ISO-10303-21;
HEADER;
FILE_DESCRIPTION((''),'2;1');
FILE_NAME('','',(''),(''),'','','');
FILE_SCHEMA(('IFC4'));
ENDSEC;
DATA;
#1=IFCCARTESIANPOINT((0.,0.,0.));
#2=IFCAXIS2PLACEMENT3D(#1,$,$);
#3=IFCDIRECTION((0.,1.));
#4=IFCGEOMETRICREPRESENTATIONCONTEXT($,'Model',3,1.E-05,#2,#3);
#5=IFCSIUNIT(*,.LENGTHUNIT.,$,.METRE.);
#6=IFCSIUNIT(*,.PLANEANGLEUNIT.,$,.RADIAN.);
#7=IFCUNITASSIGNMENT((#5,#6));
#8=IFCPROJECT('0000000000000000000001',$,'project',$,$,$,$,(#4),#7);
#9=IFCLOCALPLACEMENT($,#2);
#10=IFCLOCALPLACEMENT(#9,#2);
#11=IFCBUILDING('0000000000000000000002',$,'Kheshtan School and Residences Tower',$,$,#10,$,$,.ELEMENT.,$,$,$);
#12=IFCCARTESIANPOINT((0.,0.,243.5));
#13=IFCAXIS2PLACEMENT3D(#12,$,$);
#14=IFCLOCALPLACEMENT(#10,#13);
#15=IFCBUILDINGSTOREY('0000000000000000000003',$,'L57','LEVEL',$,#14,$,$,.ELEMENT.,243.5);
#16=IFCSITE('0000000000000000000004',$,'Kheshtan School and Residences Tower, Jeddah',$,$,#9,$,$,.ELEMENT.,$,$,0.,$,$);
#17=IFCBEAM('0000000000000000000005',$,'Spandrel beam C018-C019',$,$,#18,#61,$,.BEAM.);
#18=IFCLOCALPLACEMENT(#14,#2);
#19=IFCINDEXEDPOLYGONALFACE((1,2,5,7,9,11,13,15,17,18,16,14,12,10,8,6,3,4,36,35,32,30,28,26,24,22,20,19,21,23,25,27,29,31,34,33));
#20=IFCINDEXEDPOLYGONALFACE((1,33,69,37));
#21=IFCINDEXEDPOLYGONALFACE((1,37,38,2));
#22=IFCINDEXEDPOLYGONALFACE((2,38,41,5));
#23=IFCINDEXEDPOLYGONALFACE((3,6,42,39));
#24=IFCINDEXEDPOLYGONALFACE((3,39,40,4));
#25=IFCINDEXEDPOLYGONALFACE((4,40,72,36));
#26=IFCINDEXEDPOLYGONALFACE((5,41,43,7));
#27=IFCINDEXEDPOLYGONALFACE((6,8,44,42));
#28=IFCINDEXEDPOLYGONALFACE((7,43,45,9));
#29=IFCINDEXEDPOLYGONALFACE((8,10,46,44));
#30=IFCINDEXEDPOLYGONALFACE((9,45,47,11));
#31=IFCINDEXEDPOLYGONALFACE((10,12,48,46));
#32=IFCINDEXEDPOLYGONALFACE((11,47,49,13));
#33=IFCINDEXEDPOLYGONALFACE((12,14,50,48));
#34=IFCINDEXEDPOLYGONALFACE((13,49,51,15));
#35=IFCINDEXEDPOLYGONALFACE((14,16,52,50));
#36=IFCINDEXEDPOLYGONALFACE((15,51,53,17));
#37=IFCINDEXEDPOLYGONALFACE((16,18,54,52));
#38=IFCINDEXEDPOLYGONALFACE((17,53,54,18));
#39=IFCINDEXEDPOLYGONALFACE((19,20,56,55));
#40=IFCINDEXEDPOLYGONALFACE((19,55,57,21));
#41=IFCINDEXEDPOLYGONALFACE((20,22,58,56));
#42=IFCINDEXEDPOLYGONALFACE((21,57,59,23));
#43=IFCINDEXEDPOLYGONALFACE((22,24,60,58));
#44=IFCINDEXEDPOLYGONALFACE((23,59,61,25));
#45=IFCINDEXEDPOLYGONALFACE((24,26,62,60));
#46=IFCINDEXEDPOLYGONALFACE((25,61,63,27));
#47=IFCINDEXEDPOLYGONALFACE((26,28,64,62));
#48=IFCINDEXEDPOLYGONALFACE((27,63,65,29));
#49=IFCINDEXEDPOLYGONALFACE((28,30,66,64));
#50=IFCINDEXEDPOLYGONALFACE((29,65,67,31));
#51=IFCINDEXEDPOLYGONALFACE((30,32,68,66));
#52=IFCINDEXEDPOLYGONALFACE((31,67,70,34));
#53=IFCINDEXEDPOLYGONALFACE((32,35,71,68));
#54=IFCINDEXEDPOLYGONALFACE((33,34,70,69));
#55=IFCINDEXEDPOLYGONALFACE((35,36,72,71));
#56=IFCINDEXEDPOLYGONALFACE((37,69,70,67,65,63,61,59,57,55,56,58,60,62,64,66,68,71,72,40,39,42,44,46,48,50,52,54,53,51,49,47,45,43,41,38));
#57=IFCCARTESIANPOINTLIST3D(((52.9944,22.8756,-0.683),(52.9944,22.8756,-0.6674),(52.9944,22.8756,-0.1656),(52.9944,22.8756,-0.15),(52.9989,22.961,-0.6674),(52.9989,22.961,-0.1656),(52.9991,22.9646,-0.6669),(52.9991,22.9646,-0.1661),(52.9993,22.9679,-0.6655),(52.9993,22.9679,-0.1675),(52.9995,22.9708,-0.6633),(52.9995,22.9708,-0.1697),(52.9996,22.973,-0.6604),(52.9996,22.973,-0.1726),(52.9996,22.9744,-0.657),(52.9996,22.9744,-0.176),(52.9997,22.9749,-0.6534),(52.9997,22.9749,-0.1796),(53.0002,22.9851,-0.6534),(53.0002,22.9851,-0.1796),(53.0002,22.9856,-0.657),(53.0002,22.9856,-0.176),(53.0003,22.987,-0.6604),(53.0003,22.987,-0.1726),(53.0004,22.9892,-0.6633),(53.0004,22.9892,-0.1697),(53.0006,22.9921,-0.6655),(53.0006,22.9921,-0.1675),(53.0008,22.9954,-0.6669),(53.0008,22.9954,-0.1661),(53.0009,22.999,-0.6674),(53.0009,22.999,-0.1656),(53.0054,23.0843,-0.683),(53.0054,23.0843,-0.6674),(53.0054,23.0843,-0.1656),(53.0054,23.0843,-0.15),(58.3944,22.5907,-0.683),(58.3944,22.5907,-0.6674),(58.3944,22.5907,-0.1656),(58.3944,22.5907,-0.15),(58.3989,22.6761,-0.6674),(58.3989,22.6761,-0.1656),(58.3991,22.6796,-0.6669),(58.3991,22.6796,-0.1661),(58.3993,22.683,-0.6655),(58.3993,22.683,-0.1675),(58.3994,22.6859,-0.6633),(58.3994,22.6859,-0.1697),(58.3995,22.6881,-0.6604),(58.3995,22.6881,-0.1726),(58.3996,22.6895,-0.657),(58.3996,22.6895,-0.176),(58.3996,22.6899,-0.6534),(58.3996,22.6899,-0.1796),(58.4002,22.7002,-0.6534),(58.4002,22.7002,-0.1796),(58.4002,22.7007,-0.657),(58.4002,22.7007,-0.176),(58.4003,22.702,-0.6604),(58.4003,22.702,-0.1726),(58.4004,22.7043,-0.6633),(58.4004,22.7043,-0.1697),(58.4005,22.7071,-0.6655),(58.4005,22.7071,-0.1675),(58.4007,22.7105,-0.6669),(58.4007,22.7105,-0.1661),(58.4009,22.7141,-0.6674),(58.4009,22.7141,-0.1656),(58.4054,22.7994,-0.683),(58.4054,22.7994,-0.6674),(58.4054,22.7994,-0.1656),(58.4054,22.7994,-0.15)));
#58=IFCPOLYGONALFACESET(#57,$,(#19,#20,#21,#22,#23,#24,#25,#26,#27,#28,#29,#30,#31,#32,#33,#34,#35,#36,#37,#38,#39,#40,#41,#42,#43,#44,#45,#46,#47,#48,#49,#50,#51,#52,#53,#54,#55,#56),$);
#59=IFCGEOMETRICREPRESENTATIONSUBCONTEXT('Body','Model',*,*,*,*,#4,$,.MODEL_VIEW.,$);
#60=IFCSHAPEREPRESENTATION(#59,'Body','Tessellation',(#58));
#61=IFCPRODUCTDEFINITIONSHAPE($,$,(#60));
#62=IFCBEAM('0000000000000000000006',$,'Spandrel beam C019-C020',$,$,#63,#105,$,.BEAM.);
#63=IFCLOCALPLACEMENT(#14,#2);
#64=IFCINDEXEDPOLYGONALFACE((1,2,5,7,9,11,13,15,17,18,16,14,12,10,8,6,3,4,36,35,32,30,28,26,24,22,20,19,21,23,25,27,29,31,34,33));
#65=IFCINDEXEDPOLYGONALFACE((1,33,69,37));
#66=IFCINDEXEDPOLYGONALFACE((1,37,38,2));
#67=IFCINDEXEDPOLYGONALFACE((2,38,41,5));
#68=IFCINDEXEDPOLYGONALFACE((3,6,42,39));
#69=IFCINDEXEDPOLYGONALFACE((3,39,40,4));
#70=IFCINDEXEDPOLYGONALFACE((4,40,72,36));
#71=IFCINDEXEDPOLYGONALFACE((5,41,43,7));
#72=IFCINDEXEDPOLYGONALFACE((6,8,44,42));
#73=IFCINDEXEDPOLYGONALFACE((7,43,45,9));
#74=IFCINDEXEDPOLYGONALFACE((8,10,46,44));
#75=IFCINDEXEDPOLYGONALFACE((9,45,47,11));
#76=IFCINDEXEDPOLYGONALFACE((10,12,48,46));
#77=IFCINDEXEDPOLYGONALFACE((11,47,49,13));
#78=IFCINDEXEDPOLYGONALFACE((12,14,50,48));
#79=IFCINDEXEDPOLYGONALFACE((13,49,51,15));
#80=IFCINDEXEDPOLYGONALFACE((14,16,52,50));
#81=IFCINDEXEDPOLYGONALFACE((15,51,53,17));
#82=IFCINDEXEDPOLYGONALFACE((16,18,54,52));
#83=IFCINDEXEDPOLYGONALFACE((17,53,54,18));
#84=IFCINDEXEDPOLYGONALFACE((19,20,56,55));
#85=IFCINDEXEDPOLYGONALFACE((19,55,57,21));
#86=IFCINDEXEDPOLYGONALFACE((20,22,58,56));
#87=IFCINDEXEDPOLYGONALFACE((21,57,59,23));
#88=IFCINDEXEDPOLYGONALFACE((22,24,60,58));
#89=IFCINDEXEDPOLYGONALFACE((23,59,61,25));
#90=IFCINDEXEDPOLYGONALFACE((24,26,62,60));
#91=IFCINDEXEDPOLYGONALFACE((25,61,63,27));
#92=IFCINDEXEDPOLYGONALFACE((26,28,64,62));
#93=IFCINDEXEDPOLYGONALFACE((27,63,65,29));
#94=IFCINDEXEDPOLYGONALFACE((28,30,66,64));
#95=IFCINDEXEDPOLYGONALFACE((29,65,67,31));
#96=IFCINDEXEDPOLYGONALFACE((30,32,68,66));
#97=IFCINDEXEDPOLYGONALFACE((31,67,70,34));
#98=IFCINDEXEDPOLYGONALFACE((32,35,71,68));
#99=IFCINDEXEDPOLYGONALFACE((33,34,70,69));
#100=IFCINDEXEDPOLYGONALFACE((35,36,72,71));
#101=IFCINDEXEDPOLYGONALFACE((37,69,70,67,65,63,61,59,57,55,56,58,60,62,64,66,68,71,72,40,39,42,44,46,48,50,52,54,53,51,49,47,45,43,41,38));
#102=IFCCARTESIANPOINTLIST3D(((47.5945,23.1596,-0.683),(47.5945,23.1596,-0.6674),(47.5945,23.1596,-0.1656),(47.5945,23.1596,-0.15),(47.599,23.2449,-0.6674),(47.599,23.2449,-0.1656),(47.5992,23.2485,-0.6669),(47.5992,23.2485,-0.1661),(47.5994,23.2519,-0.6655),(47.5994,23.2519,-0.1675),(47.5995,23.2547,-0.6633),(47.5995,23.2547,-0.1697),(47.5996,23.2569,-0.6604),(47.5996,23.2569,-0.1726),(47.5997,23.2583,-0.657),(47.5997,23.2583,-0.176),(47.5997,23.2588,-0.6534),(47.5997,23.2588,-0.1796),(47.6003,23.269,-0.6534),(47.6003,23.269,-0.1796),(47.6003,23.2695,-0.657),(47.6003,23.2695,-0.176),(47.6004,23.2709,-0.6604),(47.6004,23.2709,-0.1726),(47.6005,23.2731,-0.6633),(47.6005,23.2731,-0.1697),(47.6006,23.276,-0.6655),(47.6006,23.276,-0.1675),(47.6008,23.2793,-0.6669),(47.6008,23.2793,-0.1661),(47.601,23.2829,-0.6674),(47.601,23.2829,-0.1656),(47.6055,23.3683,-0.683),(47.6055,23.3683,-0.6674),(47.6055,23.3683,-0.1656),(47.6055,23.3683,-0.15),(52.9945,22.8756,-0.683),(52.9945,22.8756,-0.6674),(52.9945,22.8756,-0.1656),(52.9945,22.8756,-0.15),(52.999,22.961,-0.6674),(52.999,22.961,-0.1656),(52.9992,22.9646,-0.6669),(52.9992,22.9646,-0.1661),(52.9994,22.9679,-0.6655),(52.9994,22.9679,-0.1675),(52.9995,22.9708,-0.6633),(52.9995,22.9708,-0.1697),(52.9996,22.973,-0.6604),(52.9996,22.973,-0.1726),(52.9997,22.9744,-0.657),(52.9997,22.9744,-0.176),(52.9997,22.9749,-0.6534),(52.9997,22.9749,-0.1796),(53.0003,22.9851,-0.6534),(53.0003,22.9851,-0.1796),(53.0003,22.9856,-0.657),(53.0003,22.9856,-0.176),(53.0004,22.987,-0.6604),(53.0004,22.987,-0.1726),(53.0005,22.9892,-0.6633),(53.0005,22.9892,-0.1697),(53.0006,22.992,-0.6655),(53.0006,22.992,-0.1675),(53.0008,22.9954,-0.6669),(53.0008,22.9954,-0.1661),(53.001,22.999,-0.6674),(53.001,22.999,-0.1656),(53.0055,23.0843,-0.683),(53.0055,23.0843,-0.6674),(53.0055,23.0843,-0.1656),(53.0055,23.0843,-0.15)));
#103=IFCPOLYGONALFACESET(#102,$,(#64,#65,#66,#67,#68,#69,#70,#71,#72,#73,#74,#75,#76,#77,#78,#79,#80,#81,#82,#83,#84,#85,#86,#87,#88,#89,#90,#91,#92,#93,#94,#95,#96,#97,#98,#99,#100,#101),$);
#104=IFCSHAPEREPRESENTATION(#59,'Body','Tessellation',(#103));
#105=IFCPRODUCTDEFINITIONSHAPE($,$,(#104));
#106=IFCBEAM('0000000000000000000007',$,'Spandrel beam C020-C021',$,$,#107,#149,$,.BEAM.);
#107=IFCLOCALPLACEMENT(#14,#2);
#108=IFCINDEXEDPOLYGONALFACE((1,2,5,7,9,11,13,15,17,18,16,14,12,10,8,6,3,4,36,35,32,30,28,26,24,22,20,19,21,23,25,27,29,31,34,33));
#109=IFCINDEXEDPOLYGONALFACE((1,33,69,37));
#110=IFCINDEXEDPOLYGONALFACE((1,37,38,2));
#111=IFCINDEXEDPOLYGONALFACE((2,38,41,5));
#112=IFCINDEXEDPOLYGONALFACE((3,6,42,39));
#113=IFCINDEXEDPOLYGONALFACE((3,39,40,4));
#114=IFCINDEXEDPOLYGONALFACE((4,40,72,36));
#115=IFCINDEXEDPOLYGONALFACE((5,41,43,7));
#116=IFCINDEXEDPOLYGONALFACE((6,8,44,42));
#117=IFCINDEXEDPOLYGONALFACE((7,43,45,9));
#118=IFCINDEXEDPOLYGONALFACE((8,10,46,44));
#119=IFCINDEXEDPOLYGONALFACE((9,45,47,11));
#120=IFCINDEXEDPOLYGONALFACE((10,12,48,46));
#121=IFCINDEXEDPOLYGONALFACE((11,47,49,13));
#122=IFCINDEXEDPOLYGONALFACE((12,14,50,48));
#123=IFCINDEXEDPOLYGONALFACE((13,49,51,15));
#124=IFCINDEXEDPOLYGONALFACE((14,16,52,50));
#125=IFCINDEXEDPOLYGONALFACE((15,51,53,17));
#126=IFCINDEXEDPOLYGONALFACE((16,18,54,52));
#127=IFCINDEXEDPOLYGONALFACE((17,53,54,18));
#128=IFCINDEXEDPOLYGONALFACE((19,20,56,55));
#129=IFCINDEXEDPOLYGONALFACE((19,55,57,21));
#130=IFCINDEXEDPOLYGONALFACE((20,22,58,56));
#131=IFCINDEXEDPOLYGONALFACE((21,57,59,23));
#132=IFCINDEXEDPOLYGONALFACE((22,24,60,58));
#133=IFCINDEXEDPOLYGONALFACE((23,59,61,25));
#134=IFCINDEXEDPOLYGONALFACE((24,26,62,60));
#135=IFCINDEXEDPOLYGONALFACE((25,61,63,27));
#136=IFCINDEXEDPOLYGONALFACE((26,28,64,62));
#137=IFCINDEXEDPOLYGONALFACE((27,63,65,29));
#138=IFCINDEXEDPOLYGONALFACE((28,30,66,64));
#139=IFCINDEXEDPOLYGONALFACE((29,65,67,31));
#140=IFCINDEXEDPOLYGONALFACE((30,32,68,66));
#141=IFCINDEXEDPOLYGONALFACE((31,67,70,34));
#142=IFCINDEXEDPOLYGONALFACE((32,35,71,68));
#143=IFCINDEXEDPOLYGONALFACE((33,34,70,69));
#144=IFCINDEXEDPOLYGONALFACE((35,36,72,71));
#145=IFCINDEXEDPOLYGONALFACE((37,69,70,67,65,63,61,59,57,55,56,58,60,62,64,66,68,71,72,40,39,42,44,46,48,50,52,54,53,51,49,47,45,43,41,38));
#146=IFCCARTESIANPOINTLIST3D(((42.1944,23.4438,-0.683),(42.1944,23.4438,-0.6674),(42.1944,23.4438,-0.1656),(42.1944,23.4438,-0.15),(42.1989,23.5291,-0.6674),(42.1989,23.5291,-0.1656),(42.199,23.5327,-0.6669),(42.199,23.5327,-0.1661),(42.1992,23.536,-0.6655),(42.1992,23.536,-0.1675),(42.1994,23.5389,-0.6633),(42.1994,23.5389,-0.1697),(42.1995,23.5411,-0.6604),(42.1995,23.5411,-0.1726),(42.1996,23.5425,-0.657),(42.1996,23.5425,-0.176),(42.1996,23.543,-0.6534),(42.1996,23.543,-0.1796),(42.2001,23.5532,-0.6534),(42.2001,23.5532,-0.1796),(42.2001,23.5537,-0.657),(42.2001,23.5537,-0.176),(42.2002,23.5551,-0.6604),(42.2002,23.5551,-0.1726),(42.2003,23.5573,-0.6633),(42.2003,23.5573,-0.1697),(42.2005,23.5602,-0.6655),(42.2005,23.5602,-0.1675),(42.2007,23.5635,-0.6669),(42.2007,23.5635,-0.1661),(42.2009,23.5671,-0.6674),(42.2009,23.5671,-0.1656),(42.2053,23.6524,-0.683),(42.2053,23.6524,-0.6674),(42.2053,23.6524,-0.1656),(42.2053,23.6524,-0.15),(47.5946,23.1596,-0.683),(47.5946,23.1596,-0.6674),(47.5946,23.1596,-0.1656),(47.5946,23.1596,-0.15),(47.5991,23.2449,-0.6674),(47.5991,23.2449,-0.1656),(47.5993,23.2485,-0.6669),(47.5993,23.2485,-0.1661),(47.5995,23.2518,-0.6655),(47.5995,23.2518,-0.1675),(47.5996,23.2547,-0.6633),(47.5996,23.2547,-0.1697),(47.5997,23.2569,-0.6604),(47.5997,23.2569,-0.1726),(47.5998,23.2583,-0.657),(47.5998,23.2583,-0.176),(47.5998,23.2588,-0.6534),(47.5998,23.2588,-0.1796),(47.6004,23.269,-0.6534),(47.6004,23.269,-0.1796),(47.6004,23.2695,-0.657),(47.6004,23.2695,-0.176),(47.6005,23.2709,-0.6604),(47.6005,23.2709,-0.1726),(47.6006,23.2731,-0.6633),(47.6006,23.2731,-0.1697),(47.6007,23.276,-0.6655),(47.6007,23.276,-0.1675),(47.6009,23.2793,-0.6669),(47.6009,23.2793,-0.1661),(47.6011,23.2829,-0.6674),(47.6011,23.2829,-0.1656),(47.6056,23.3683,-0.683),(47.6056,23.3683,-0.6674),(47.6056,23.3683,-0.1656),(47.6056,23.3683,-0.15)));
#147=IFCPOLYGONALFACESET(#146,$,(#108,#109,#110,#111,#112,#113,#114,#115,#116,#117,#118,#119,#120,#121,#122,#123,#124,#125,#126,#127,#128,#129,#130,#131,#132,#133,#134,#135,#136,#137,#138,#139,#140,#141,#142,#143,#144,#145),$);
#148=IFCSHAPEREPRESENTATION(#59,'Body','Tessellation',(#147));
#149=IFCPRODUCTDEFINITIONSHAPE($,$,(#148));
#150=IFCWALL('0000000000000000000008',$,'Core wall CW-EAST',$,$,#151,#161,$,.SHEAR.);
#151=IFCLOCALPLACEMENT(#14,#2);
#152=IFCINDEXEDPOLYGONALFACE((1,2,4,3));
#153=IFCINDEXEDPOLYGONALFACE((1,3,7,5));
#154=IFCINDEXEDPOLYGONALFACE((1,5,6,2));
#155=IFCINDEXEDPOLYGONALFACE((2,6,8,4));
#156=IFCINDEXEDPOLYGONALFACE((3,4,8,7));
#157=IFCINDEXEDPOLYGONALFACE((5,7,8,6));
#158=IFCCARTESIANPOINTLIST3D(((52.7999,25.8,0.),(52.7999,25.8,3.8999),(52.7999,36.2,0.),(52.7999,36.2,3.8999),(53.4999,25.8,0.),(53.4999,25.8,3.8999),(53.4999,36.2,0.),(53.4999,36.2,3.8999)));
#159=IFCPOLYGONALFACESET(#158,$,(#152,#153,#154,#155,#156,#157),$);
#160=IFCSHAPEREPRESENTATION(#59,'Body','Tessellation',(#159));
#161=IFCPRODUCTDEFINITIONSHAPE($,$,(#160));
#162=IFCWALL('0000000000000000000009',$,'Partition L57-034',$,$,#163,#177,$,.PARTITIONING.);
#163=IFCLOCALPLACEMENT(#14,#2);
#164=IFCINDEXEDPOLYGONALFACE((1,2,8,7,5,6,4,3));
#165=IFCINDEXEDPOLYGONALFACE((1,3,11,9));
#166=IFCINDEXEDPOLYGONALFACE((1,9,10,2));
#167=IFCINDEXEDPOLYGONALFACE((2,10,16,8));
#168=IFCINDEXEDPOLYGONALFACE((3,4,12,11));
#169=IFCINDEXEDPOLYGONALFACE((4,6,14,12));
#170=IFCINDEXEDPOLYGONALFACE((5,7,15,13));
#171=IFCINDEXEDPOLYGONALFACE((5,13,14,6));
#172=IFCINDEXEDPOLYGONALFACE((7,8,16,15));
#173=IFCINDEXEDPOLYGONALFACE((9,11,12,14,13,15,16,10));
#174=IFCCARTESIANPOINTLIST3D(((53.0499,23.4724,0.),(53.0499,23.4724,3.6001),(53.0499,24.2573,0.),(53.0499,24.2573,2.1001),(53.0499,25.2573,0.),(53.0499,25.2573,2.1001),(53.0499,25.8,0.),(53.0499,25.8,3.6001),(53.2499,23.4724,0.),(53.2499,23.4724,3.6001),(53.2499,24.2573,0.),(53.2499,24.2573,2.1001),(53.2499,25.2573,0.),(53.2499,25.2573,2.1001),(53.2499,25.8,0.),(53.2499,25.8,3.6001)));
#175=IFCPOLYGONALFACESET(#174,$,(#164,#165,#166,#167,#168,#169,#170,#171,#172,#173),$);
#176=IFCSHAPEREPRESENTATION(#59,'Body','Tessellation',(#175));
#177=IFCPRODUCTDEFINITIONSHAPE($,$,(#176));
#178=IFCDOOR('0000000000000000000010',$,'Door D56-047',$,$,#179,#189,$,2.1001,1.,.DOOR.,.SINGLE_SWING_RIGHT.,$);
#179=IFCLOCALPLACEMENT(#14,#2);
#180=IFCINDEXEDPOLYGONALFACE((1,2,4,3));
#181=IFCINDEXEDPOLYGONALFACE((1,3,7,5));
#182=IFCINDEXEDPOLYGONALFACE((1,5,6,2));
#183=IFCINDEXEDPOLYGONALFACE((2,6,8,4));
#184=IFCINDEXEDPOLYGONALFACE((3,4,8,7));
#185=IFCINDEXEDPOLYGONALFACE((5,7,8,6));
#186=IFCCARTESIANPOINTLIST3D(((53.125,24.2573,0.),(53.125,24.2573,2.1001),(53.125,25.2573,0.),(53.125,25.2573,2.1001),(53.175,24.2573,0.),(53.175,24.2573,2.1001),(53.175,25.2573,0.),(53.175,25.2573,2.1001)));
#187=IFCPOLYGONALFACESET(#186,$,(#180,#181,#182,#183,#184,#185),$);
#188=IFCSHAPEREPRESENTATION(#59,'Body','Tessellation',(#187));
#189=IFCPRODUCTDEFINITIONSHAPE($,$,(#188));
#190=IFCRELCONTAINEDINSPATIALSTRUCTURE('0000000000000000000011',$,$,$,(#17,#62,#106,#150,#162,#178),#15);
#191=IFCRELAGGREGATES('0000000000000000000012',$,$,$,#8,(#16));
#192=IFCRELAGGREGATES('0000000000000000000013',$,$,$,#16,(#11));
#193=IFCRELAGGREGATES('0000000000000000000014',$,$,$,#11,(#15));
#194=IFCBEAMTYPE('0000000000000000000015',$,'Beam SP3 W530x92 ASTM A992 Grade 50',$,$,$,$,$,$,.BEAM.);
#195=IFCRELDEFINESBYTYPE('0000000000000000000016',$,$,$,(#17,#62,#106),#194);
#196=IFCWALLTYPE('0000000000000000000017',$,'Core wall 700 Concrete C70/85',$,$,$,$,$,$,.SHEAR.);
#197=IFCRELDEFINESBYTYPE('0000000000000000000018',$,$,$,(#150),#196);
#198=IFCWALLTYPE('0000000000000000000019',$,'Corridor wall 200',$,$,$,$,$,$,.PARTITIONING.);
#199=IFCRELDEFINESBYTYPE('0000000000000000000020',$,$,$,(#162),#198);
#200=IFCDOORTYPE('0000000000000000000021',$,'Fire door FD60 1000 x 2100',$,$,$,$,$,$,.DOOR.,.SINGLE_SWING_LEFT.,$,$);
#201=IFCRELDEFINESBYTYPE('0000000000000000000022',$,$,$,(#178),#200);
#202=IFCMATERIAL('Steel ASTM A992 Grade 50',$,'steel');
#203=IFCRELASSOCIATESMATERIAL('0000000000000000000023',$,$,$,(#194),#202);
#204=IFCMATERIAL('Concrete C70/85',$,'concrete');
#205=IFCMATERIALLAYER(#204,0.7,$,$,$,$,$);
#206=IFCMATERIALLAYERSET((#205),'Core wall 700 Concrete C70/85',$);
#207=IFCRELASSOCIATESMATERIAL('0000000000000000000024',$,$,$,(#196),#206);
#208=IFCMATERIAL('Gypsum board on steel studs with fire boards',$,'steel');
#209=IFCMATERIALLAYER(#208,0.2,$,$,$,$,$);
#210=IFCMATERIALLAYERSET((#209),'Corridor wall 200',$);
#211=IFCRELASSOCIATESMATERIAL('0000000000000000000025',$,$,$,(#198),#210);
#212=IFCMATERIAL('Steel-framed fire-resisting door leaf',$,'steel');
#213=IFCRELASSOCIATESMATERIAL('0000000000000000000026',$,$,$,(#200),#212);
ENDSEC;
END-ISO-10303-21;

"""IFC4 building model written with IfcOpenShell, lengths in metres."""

from ifc_helpers import new_model, si_unit, direction, frame, frame_2d, origin, origin_2d, place, context, subcontext, project, spatial, rectangle, i_section, extrude, source, transform, mapped, material, layer, layer_set, material_profile, profile_set, type_object, element, fill, save


model = new_model("IFC4")

# Units and contexts
model_context = context("Model", 3, precision=1e-05, world=origin(), true_north=direction((0.0, 1.0)))
body_context = subcontext(model_context, "Body", "Model", "MODEL_VIEW")
ifc_project = project(units=[si_unit("LENGTHUNIT", "METRE"), si_unit("PLANEANGLEUNIT", "RADIAN")], contexts=[model_context])

# Site, building, storey
site_placement = place(None, origin())
site = spatial("IfcSite", under=ifc_project, at=site_placement, Name="Kheshtan School and Residences Tower, Jeddah", CompositionType="ELEMENT", RefElevation=0.0)
building_placement = place(site_placement, origin())
building = spatial("IfcBuilding", under=site, at=building_placement, Name="Kheshtan School and Residences Tower", CompositionType="ELEMENT")
storey_placement = place(building_placement, frame((0.0, 0.0, 243.5)))
storey = spatial("IfcBuildingStorey", under=building, at=storey_placement, Name="L57", Description="LEVEL", CompositionType="ELEMENT", Elevation=243.5)

# Shared definitions
ifc_material_1 = material(Name="Steel ASTM A992 Grade 50", Category="steel")

# Beams
ifc_material_profile_1 = material_profile(ifc_material_1, i_section(OverallWidth=0.209, OverallDepth=0.533, WebThickness=0.0103, FlangeThickness=0.0156, FilletRadius=0.0139, at=origin_2d()), Name="W530x92")
ifc_profile_set_1 = profile_set([ifc_material_profile_1], Name="Steel ASTM A992 Grade 50")
beam_type_1 = type_object("IfcBeamType", Name="Beam SP3 W530x92 ASTM A992 Grade 50", PredefinedType="BEAM", material=ifc_profile_set_1)
for number, where, z_axis, x_axis, name in (
    (1, (58.3999, 22.6951, -0.4165), (-0.998611, 0.052689, 0.0), (-0.052689, -0.998611, 0.0), "Spandrel beam C018-C019"),
    (2, (53.0, 22.98, -0.4165), (-0.99862, 0.052509, 0.0), (-0.052509, -0.99862, 0.0), "Spandrel beam C019-C020"),
):
    element("IfcBeam", number, at=place(storey_placement, frame(where, z_axis=z_axis, x_axis=x_axis)), inside=storey, type_object=beam_type_1, Name=name, PredefinedType="BEAM", context=body_context, shape_type="SweptSolid", body=[
        extrude(i_section(OverallWidth=0.209, OverallDepth=0.533, WebThickness=0.0103, FlangeThickness=0.0156, FilletRadius=0.0139, at=origin_2d()), origin(), (0.0, 0.0, 1.0), 5.4075),
    ])
beam_1_placement = place(storey_placement, frame((47.6001, 23.2639, -0.4165), z_axis=(-0.998618, 0.052552, 0.0), x_axis=(-0.052552, -0.998618, 0.0)))
element("IfcBeam", 3, at=beam_1_placement, inside=storey, type_object=beam_type_1, Name="Spandrel beam C020-C021", PredefinedType="BEAM", context=body_context, shape_type="SweptSolid", body=[
    extrude(i_section(OverallWidth=0.209, OverallDepth=0.533, WebThickness=0.0103, FlangeThickness=0.0156, FilletRadius=0.0139, at=origin_2d()), origin(), (0.0, 0.0, 1.0), 5.4077),
])

# Wall
ifc_material_2 = material(Name="Concrete C70/85", Category="concrete")
ifc_layer_1 = layer(ifc_material_2, 0.7)
ifc_layer_set_1 = layer_set([ifc_layer_1], Name="Core wall 700 Concrete C70/85")
wall_type_1 = type_object("IfcWallType", Name="Core wall 700 Concrete C70/85", PredefinedType="SHEAR", material=ifc_layer_set_1)
wall_1_placement = place(storey_placement, frame((53.1499, 25.8, 0.0), z_axis=(0.0, 0.0, 1.0), x_axis=(0.0, 1.0, 0.0)))
element("IfcWall", 4, at=wall_1_placement, inside=storey, type_object=wall_type_1, Name="Core wall CW-EAST", PredefinedType="SHEAR", context=body_context, shape_type="SweptSolid", body=[
    extrude(rectangle(XDim=10.3999, YDim=0.7, at=frame_2d((5.2, 0.0))), origin(), (0.0, 0.0, 1.0), 3.8999),
])

# Wall, opening, door
ifc_material_3 = material(Name="Gypsum board on steel studs with fire boards", Category="steel")
ifc_layer_2 = layer(ifc_material_3, 0.2)
ifc_layer_set_2 = layer_set([ifc_layer_2], Name="Corridor wall 200")
wall_type_2 = type_object("IfcWallType", Name="Corridor wall 200", PredefinedType="PARTITIONING", material=ifc_layer_set_2)
wall_2_placement = place(storey_placement, frame((53.1499, 23.4724, 0.0), z_axis=(0.0, 0.0, 1.0), x_axis=(0.0, 1.0, 0.0)))
wall_2 = element("IfcWall", 5, at=wall_2_placement, inside=storey, type_object=wall_type_2, Name="Partition L57-034", PredefinedType="PARTITIONING", context=body_context, shape_type="SweptSolid", body=[
    extrude(rectangle(XDim=2.3276, YDim=0.2, at=frame_2d((1.1638, 0.0))), origin(), (0.0, 0.0, 1.0), 3.6001),
])
opening_1_placement = place(wall_2_placement, frame((0.7849, 0.0, 0.0)))
opening_1 = element("IfcOpeningElement", 6, at=opening_1_placement, cuts=wall_2, PredefinedType="OPENING", context=body_context, shape_type="SweptSolid", body=[
    extrude(rectangle(XDim=1.0, YDim=2.1001, at=frame_2d((0.5, 1.05))), frame((0.0, 0.1099, 0.0), z_axis=(0.0, -1.0, 0.0), x_axis=(1.0, 0.0, 0.0)), (0.0, 0.0, 1.0), 0.22),
])
ifc_material_4 = material(Name="Steel-framed fire-resisting door leaf", Category="steel")
door_type_1 = type_object("IfcDoorType", Name="Fire door FD60 1000 x 2100", OperationType="SINGLE_SWING_LEFT", PredefinedType="DOOR", material=ifc_material_4)
shared_shape_1 = source(origin(), body_context, "Body", "SweptSolid", [
    extrude(rectangle(XDim=1.0, YDim=2.1001, at=frame_2d((0.5, 1.05))), frame((0.0, 0.0249, 0.0), z_axis=(0.0, -1.0, 0.0), x_axis=(1.0, 0.0, 0.0)), (0.0, 0.0, 1.0), 0.05),
])
door_1_placement = place(opening_1_placement, origin())
door_1 = element("IfcDoor", 7, at=door_1_placement, inside=storey, type_object=door_type_1, Name="Door D56-047", OperationType="SINGLE_SWING_RIGHT", OverallHeight=2.1001, OverallWidth=1.0, PredefinedType="DOOR", context=body_context, shape_type="MappedRepresentation", body=[
    mapped(shared_shape_1, transform((0.0, 0.0, 0.0), x_axis=(1.0, 0.0, 0.0), y_axis=(0.0, 1.0, 0.0), z_axis=(0.0, 0.0, 1.0), scale=1.0)),
])
fill(opening_1, door_1)

save(model, "model.ifc")
